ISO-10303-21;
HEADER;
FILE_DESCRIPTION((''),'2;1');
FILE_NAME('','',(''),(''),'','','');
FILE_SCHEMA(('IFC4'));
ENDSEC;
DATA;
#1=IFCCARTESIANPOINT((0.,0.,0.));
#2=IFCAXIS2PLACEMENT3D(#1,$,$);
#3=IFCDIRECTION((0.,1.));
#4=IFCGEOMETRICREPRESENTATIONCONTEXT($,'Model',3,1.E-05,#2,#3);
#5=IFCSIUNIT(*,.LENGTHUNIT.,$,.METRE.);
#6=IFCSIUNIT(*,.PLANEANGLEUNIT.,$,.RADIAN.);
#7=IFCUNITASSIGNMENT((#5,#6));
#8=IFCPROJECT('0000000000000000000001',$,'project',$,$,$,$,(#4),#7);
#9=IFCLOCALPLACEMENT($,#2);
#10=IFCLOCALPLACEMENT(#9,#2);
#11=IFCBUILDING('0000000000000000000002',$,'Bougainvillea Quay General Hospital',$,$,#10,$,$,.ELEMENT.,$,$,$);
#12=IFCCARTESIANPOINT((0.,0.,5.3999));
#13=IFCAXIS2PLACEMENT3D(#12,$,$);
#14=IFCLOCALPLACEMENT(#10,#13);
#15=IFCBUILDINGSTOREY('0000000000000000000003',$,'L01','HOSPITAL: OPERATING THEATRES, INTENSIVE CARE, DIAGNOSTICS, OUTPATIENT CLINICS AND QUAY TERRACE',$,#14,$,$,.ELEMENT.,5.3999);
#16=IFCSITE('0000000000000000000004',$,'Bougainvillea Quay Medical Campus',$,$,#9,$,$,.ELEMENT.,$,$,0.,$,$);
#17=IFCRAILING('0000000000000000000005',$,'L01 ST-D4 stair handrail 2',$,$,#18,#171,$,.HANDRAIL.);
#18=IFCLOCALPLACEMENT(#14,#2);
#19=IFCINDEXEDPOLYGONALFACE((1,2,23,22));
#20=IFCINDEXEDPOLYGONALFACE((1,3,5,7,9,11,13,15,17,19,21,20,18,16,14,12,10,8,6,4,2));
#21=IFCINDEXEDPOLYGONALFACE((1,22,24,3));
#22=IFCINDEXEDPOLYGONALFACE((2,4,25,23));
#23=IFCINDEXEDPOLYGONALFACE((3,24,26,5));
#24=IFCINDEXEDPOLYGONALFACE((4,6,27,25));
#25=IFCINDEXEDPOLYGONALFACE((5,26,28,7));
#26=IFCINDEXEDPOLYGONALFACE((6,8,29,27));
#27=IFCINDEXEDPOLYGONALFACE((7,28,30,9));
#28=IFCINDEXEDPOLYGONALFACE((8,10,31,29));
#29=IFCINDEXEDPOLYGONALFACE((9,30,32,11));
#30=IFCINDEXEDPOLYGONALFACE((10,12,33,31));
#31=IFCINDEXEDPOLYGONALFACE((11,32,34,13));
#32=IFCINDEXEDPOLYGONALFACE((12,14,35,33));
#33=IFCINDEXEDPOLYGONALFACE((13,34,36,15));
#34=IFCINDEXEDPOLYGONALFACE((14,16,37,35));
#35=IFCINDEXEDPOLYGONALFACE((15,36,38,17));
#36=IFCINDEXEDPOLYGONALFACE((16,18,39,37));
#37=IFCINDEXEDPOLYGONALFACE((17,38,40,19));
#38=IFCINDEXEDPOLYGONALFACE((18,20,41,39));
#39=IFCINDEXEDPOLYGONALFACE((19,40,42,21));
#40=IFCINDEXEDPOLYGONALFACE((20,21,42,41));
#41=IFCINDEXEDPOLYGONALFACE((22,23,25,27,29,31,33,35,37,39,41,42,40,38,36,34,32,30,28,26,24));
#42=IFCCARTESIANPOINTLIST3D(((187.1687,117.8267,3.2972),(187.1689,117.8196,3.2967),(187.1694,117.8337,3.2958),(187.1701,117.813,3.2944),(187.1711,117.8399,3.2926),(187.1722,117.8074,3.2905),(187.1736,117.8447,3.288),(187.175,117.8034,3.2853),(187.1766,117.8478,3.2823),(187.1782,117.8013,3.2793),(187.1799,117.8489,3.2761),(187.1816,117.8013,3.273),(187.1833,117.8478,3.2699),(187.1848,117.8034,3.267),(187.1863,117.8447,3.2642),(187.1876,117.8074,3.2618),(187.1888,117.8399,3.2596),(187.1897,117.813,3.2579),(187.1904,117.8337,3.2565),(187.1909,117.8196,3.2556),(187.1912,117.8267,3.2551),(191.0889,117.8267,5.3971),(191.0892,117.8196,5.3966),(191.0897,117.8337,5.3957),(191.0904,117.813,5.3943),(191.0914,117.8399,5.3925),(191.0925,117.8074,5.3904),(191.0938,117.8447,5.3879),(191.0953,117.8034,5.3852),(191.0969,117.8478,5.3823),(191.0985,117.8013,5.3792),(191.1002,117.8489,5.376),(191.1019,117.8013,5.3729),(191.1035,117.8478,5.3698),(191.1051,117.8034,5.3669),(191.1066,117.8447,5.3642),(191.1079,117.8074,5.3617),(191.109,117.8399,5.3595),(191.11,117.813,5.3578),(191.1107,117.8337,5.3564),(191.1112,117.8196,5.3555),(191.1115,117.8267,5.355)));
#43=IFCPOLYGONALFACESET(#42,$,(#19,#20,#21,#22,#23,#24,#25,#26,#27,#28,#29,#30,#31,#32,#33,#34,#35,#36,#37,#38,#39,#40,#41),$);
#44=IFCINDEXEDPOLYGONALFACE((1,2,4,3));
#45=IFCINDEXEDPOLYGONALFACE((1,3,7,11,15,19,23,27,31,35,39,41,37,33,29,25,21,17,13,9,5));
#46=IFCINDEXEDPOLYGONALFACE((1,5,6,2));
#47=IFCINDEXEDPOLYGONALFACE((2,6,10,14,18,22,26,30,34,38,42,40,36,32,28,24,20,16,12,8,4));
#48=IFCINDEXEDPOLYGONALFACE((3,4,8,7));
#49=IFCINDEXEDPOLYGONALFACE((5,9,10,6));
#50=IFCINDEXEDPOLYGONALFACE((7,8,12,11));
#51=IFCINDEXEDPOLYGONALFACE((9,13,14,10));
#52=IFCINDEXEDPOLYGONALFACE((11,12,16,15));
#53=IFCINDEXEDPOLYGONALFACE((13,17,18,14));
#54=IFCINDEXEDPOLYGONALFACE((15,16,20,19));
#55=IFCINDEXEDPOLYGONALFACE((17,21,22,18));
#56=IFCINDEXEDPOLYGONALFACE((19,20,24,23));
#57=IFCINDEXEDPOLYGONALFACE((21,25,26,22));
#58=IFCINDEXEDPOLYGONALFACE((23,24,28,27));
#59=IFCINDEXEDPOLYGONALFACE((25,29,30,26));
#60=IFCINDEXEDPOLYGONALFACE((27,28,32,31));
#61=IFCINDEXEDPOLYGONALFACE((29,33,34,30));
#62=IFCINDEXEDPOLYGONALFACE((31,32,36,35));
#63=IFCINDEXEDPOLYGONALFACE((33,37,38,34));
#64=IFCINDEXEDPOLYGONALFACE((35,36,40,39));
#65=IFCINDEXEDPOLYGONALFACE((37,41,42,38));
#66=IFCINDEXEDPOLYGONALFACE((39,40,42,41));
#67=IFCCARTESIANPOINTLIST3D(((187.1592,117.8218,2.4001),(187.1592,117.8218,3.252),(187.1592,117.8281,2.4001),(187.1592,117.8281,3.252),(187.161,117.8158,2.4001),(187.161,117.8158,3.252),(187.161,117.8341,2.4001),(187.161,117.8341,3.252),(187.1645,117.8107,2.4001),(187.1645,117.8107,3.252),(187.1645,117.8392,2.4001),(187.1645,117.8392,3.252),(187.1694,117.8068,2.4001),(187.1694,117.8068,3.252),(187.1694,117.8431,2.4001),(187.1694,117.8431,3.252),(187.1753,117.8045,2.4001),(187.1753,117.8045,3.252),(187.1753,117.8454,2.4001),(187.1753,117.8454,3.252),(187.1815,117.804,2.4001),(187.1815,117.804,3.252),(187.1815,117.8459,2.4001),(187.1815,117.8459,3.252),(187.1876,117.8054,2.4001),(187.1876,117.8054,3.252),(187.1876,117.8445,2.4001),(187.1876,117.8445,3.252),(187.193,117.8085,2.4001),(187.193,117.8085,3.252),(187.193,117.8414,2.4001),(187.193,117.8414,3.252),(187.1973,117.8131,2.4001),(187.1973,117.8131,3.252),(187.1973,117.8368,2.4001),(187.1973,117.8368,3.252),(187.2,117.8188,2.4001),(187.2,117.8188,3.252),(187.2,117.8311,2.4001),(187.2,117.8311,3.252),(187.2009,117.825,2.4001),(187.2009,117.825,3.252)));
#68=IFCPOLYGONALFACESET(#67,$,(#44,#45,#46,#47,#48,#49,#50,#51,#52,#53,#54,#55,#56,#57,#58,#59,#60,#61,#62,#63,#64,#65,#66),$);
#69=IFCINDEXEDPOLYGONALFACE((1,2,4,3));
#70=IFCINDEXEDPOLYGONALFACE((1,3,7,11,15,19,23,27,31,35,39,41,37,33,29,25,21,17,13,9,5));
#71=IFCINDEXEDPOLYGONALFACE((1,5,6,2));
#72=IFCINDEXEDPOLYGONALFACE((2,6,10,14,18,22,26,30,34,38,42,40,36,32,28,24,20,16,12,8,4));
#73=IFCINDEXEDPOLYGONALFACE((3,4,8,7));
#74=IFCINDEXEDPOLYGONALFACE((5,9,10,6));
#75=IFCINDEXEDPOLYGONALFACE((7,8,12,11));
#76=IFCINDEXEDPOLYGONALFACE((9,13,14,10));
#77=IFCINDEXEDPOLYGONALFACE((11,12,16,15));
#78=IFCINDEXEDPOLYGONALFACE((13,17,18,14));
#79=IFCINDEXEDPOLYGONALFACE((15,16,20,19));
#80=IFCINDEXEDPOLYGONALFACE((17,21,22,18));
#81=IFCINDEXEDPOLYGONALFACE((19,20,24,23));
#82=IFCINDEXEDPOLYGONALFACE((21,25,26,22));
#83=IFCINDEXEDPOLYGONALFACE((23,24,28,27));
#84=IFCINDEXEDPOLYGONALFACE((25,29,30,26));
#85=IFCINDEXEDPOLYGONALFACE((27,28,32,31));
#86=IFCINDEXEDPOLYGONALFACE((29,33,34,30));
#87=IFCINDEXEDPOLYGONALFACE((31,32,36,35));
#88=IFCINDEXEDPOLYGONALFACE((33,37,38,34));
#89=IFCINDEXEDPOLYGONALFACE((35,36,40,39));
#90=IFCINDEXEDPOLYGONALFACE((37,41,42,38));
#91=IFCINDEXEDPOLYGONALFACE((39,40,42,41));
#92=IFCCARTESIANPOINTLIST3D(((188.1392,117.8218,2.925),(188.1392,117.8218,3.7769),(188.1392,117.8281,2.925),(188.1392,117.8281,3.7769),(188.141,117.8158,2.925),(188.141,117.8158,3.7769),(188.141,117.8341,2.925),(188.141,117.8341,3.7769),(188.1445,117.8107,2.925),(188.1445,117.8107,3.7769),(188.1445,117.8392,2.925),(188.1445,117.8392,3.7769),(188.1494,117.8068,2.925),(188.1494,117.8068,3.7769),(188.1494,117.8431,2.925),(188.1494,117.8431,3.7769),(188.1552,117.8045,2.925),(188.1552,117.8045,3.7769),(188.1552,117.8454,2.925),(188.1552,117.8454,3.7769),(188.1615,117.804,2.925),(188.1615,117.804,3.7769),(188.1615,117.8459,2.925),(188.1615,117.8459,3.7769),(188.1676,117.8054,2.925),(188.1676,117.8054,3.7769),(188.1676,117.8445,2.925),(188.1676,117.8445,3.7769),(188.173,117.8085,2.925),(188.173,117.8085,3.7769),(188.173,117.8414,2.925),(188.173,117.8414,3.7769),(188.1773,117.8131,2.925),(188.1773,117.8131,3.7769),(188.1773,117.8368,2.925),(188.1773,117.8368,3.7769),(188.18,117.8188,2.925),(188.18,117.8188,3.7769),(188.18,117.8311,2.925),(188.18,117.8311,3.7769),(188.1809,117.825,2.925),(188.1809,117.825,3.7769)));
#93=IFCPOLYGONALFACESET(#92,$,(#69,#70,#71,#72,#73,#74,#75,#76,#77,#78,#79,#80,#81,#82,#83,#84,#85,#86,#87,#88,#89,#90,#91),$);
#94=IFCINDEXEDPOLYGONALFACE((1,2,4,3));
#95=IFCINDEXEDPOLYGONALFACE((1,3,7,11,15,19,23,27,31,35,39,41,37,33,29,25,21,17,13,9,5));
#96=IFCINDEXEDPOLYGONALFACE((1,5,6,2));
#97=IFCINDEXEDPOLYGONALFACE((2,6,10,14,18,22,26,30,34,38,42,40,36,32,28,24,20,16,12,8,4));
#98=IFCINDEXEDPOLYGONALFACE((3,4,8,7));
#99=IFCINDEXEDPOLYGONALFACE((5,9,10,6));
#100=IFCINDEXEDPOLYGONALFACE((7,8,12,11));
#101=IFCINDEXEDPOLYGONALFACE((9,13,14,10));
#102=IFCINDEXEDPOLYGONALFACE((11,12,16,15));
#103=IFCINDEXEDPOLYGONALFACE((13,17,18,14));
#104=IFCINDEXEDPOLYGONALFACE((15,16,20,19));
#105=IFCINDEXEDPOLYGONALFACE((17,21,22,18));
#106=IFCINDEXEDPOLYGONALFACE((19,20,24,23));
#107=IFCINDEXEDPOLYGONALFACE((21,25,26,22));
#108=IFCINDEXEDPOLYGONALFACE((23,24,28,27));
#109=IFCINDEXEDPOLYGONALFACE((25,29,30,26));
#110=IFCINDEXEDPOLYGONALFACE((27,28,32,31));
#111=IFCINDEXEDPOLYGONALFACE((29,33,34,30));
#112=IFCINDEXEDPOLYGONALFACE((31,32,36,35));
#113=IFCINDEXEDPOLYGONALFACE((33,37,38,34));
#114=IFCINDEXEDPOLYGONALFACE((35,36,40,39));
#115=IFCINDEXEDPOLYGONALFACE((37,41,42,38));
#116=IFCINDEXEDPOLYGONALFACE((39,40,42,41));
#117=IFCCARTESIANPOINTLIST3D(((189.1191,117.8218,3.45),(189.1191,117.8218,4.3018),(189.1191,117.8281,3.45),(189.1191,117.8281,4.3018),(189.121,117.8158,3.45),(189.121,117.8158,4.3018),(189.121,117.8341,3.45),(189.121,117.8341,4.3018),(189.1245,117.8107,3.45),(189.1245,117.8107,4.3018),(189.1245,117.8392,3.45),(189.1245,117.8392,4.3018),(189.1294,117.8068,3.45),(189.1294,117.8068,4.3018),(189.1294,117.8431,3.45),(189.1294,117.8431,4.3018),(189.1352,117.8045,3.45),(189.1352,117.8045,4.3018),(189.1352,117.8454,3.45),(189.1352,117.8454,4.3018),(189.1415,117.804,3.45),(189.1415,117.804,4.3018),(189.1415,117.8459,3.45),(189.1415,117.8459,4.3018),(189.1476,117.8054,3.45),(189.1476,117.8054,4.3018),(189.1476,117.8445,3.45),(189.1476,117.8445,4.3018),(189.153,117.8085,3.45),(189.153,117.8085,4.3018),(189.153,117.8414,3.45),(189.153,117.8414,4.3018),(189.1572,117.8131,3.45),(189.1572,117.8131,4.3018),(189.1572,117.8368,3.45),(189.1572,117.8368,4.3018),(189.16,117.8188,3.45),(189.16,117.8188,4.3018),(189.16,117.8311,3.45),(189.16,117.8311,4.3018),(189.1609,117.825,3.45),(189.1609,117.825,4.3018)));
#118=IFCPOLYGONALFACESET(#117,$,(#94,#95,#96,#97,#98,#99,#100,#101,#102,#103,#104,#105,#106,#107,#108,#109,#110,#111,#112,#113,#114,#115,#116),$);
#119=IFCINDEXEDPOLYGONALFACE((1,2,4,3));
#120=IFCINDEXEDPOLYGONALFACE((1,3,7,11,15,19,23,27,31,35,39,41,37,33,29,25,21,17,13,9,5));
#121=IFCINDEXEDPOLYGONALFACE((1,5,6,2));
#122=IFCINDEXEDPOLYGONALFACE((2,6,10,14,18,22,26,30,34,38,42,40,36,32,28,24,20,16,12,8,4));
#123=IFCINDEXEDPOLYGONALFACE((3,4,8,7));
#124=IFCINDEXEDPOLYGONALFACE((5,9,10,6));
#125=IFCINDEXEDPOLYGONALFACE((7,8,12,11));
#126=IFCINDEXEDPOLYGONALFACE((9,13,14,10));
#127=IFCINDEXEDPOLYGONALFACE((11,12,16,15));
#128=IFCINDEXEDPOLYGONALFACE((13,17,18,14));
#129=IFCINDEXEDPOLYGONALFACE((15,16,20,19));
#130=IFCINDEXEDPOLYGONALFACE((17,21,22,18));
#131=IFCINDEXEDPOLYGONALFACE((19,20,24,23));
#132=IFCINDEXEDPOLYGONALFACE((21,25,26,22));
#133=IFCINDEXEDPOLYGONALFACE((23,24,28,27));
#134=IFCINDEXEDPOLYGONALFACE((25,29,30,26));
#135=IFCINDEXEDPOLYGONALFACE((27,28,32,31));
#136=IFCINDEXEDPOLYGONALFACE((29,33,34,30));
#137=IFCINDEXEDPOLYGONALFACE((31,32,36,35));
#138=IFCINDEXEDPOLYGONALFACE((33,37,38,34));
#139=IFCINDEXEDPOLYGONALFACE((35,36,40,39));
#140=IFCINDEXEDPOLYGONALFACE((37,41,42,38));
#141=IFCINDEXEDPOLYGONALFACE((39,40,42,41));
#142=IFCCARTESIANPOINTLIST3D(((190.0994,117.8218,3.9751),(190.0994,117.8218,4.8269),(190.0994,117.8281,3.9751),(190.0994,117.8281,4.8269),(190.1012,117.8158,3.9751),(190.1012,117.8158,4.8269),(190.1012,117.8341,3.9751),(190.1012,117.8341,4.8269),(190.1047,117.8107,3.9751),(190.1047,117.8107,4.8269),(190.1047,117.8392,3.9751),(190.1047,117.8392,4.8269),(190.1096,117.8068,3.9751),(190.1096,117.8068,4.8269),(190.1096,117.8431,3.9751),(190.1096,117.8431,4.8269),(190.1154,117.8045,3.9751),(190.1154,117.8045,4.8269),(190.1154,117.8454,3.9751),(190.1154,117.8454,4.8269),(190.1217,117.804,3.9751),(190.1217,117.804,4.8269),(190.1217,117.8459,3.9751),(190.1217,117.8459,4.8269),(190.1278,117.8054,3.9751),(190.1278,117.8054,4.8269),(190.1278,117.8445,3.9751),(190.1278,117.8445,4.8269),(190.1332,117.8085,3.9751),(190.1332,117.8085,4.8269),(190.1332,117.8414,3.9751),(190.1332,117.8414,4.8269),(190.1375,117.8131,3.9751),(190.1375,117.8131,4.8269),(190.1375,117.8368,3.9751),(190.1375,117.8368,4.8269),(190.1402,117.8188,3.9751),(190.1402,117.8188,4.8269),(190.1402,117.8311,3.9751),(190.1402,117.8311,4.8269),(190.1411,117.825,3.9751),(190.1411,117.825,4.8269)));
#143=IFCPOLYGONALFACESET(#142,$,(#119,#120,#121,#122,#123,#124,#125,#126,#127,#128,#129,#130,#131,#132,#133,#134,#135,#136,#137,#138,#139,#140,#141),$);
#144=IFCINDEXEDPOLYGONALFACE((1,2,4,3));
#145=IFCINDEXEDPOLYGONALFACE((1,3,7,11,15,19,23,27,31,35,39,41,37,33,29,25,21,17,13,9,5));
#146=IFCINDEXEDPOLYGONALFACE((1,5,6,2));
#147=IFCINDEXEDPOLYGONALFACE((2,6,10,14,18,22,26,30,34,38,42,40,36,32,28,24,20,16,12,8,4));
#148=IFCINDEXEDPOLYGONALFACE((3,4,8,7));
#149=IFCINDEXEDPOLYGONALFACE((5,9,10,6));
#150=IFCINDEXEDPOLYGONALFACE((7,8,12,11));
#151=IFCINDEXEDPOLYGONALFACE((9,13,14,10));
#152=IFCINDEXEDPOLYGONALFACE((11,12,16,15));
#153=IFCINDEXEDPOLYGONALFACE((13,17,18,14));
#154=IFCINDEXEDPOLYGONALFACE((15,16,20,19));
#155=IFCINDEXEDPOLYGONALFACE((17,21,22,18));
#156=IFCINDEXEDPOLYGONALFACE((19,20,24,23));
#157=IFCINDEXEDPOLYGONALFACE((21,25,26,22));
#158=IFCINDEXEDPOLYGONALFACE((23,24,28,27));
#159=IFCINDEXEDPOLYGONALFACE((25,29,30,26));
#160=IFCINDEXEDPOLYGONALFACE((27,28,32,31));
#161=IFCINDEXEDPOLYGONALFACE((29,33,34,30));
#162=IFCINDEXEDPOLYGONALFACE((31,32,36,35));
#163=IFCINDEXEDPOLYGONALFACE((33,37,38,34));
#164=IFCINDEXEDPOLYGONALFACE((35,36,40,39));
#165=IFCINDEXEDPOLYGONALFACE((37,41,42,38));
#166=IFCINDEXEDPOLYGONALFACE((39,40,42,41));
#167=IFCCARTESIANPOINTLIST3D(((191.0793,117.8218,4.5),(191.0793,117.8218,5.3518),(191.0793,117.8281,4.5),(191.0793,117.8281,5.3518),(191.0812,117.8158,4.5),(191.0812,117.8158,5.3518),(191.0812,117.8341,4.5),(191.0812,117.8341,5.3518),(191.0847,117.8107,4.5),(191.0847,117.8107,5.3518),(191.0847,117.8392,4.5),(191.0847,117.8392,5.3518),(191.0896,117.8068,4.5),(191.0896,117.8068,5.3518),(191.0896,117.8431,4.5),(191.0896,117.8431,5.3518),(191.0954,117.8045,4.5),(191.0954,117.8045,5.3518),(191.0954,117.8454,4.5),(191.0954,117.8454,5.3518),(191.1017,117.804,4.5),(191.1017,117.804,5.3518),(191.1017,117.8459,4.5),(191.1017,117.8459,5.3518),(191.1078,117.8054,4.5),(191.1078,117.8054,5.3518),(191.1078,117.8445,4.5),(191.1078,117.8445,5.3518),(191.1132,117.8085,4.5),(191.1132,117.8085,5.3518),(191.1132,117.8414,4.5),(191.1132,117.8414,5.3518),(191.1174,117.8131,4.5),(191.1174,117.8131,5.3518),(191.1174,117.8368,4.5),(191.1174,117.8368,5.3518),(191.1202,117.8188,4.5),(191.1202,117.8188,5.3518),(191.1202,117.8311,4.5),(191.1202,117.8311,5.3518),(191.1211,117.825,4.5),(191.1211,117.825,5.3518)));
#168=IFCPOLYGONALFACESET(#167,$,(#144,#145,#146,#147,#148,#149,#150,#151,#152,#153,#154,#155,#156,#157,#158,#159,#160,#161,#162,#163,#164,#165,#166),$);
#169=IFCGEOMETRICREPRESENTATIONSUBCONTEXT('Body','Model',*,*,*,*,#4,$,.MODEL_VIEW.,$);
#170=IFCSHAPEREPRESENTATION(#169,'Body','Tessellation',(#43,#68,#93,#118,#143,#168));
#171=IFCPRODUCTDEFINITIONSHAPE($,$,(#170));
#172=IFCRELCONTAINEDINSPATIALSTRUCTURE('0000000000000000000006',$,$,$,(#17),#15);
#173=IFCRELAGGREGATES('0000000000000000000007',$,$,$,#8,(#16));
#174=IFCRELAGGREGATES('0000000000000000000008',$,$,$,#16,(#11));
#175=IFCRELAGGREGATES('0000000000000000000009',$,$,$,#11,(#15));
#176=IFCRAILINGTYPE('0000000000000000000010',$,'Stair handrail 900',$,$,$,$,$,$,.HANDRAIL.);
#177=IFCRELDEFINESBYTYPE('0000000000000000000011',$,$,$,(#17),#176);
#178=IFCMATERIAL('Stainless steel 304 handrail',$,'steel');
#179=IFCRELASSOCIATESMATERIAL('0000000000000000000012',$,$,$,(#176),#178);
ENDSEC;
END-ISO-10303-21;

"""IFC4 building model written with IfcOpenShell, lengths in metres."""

from ifc_helpers import new_model, si_unit, direction, frame, origin, origin_2d, place, context, subcontext, project, spatial, circle, extrude, material, type_object, element, save


model = new_model("IFC4")

# Units and contexts
model_context = context("Model", 3, precision=1e-05, world=origin(), true_north=direction((0.0, 1.0)))
body_context = subcontext(model_context, "Body", "Model", "MODEL_VIEW")
ifc_project = project(units=[si_unit("LENGTHUNIT", "METRE"), si_unit("PLANEANGLEUNIT", "RADIAN")], contexts=[model_context])

# Site, building, storey
site_placement = place(None, origin())
site = spatial("IfcSite", under=ifc_project, at=site_placement, Name="Bougainvillea Quay Medical Campus", CompositionType="ELEMENT", RefElevation=0.0)
building_placement = place(site_placement, origin())
building = spatial("IfcBuilding", under=site, at=building_placement, Name="Bougainvillea Quay General Hospital", CompositionType="ELEMENT")
storey_placement = place(building_placement, frame((0.0, 0.0, 5.3999)))
storey = spatial("IfcBuildingStorey", under=building, at=storey_placement, Name="L01", Description="HOSPITAL: OPERATING THEATRES, INTENSIVE CARE, DIAGNOSTICS, OUTPATIENT CLINICS AND QUAY TERRACE", CompositionType="ELEMENT", Elevation=5.3999)

# Railing
ifc_material_1 = material(Name="Stainless steel 304 handrail", Category="steel")
railing_type_1 = type_object("IfcRailingType", Name="Stair handrail 900", PredefinedType="HANDRAIL", material=ifc_material_1)
railing_1_placement = place(storey_placement, frame((187.1799, 117.825, 2.4001)))
element("IfcRailing", 1, at=railing_1_placement, inside=storey, type_object=railing_type_1, Name="L01 ST-D4 stair handrail 2", PredefinedType="HANDRAIL", context=body_context, shape_type="SweptSolid", body=[
    extrude(circle(Radius=0.0239, at=origin_2d()), frame((0.0, 0.0, 0.876), z_axis=(0.881502, 0.0, 0.47218), x_axis=(0.0, 1.0, 0.0)), (0.0, 0.0, 1.0), 4.4473),
    extrude(circle(Radius=0.021, at=origin_2d()), origin(), (0.0, 0.0, 1.0), 0.8518),
    extrude(circle(Radius=0.021, at=origin_2d()), frame((0.98, 0.0, 0.5249)), (0.0, 0.0, 1.0), 0.8518),
    extrude(circle(Radius=0.021, at=origin_2d()), frame((1.96, 0.0, 1.0498)), (0.0, 0.0, 1.0), 0.8518),
    extrude(circle(Radius=0.021, at=origin_2d()), frame((2.9402, 0.0, 1.575)), (0.0, 0.0, 1.0), 0.8518),
    extrude(circle(Radius=0.021, at=origin_2d()), frame((3.9202, 0.0, 2.0999)), (0.0, 0.0, 1.0), 0.8518),
])

save(model, "model.ifc")
